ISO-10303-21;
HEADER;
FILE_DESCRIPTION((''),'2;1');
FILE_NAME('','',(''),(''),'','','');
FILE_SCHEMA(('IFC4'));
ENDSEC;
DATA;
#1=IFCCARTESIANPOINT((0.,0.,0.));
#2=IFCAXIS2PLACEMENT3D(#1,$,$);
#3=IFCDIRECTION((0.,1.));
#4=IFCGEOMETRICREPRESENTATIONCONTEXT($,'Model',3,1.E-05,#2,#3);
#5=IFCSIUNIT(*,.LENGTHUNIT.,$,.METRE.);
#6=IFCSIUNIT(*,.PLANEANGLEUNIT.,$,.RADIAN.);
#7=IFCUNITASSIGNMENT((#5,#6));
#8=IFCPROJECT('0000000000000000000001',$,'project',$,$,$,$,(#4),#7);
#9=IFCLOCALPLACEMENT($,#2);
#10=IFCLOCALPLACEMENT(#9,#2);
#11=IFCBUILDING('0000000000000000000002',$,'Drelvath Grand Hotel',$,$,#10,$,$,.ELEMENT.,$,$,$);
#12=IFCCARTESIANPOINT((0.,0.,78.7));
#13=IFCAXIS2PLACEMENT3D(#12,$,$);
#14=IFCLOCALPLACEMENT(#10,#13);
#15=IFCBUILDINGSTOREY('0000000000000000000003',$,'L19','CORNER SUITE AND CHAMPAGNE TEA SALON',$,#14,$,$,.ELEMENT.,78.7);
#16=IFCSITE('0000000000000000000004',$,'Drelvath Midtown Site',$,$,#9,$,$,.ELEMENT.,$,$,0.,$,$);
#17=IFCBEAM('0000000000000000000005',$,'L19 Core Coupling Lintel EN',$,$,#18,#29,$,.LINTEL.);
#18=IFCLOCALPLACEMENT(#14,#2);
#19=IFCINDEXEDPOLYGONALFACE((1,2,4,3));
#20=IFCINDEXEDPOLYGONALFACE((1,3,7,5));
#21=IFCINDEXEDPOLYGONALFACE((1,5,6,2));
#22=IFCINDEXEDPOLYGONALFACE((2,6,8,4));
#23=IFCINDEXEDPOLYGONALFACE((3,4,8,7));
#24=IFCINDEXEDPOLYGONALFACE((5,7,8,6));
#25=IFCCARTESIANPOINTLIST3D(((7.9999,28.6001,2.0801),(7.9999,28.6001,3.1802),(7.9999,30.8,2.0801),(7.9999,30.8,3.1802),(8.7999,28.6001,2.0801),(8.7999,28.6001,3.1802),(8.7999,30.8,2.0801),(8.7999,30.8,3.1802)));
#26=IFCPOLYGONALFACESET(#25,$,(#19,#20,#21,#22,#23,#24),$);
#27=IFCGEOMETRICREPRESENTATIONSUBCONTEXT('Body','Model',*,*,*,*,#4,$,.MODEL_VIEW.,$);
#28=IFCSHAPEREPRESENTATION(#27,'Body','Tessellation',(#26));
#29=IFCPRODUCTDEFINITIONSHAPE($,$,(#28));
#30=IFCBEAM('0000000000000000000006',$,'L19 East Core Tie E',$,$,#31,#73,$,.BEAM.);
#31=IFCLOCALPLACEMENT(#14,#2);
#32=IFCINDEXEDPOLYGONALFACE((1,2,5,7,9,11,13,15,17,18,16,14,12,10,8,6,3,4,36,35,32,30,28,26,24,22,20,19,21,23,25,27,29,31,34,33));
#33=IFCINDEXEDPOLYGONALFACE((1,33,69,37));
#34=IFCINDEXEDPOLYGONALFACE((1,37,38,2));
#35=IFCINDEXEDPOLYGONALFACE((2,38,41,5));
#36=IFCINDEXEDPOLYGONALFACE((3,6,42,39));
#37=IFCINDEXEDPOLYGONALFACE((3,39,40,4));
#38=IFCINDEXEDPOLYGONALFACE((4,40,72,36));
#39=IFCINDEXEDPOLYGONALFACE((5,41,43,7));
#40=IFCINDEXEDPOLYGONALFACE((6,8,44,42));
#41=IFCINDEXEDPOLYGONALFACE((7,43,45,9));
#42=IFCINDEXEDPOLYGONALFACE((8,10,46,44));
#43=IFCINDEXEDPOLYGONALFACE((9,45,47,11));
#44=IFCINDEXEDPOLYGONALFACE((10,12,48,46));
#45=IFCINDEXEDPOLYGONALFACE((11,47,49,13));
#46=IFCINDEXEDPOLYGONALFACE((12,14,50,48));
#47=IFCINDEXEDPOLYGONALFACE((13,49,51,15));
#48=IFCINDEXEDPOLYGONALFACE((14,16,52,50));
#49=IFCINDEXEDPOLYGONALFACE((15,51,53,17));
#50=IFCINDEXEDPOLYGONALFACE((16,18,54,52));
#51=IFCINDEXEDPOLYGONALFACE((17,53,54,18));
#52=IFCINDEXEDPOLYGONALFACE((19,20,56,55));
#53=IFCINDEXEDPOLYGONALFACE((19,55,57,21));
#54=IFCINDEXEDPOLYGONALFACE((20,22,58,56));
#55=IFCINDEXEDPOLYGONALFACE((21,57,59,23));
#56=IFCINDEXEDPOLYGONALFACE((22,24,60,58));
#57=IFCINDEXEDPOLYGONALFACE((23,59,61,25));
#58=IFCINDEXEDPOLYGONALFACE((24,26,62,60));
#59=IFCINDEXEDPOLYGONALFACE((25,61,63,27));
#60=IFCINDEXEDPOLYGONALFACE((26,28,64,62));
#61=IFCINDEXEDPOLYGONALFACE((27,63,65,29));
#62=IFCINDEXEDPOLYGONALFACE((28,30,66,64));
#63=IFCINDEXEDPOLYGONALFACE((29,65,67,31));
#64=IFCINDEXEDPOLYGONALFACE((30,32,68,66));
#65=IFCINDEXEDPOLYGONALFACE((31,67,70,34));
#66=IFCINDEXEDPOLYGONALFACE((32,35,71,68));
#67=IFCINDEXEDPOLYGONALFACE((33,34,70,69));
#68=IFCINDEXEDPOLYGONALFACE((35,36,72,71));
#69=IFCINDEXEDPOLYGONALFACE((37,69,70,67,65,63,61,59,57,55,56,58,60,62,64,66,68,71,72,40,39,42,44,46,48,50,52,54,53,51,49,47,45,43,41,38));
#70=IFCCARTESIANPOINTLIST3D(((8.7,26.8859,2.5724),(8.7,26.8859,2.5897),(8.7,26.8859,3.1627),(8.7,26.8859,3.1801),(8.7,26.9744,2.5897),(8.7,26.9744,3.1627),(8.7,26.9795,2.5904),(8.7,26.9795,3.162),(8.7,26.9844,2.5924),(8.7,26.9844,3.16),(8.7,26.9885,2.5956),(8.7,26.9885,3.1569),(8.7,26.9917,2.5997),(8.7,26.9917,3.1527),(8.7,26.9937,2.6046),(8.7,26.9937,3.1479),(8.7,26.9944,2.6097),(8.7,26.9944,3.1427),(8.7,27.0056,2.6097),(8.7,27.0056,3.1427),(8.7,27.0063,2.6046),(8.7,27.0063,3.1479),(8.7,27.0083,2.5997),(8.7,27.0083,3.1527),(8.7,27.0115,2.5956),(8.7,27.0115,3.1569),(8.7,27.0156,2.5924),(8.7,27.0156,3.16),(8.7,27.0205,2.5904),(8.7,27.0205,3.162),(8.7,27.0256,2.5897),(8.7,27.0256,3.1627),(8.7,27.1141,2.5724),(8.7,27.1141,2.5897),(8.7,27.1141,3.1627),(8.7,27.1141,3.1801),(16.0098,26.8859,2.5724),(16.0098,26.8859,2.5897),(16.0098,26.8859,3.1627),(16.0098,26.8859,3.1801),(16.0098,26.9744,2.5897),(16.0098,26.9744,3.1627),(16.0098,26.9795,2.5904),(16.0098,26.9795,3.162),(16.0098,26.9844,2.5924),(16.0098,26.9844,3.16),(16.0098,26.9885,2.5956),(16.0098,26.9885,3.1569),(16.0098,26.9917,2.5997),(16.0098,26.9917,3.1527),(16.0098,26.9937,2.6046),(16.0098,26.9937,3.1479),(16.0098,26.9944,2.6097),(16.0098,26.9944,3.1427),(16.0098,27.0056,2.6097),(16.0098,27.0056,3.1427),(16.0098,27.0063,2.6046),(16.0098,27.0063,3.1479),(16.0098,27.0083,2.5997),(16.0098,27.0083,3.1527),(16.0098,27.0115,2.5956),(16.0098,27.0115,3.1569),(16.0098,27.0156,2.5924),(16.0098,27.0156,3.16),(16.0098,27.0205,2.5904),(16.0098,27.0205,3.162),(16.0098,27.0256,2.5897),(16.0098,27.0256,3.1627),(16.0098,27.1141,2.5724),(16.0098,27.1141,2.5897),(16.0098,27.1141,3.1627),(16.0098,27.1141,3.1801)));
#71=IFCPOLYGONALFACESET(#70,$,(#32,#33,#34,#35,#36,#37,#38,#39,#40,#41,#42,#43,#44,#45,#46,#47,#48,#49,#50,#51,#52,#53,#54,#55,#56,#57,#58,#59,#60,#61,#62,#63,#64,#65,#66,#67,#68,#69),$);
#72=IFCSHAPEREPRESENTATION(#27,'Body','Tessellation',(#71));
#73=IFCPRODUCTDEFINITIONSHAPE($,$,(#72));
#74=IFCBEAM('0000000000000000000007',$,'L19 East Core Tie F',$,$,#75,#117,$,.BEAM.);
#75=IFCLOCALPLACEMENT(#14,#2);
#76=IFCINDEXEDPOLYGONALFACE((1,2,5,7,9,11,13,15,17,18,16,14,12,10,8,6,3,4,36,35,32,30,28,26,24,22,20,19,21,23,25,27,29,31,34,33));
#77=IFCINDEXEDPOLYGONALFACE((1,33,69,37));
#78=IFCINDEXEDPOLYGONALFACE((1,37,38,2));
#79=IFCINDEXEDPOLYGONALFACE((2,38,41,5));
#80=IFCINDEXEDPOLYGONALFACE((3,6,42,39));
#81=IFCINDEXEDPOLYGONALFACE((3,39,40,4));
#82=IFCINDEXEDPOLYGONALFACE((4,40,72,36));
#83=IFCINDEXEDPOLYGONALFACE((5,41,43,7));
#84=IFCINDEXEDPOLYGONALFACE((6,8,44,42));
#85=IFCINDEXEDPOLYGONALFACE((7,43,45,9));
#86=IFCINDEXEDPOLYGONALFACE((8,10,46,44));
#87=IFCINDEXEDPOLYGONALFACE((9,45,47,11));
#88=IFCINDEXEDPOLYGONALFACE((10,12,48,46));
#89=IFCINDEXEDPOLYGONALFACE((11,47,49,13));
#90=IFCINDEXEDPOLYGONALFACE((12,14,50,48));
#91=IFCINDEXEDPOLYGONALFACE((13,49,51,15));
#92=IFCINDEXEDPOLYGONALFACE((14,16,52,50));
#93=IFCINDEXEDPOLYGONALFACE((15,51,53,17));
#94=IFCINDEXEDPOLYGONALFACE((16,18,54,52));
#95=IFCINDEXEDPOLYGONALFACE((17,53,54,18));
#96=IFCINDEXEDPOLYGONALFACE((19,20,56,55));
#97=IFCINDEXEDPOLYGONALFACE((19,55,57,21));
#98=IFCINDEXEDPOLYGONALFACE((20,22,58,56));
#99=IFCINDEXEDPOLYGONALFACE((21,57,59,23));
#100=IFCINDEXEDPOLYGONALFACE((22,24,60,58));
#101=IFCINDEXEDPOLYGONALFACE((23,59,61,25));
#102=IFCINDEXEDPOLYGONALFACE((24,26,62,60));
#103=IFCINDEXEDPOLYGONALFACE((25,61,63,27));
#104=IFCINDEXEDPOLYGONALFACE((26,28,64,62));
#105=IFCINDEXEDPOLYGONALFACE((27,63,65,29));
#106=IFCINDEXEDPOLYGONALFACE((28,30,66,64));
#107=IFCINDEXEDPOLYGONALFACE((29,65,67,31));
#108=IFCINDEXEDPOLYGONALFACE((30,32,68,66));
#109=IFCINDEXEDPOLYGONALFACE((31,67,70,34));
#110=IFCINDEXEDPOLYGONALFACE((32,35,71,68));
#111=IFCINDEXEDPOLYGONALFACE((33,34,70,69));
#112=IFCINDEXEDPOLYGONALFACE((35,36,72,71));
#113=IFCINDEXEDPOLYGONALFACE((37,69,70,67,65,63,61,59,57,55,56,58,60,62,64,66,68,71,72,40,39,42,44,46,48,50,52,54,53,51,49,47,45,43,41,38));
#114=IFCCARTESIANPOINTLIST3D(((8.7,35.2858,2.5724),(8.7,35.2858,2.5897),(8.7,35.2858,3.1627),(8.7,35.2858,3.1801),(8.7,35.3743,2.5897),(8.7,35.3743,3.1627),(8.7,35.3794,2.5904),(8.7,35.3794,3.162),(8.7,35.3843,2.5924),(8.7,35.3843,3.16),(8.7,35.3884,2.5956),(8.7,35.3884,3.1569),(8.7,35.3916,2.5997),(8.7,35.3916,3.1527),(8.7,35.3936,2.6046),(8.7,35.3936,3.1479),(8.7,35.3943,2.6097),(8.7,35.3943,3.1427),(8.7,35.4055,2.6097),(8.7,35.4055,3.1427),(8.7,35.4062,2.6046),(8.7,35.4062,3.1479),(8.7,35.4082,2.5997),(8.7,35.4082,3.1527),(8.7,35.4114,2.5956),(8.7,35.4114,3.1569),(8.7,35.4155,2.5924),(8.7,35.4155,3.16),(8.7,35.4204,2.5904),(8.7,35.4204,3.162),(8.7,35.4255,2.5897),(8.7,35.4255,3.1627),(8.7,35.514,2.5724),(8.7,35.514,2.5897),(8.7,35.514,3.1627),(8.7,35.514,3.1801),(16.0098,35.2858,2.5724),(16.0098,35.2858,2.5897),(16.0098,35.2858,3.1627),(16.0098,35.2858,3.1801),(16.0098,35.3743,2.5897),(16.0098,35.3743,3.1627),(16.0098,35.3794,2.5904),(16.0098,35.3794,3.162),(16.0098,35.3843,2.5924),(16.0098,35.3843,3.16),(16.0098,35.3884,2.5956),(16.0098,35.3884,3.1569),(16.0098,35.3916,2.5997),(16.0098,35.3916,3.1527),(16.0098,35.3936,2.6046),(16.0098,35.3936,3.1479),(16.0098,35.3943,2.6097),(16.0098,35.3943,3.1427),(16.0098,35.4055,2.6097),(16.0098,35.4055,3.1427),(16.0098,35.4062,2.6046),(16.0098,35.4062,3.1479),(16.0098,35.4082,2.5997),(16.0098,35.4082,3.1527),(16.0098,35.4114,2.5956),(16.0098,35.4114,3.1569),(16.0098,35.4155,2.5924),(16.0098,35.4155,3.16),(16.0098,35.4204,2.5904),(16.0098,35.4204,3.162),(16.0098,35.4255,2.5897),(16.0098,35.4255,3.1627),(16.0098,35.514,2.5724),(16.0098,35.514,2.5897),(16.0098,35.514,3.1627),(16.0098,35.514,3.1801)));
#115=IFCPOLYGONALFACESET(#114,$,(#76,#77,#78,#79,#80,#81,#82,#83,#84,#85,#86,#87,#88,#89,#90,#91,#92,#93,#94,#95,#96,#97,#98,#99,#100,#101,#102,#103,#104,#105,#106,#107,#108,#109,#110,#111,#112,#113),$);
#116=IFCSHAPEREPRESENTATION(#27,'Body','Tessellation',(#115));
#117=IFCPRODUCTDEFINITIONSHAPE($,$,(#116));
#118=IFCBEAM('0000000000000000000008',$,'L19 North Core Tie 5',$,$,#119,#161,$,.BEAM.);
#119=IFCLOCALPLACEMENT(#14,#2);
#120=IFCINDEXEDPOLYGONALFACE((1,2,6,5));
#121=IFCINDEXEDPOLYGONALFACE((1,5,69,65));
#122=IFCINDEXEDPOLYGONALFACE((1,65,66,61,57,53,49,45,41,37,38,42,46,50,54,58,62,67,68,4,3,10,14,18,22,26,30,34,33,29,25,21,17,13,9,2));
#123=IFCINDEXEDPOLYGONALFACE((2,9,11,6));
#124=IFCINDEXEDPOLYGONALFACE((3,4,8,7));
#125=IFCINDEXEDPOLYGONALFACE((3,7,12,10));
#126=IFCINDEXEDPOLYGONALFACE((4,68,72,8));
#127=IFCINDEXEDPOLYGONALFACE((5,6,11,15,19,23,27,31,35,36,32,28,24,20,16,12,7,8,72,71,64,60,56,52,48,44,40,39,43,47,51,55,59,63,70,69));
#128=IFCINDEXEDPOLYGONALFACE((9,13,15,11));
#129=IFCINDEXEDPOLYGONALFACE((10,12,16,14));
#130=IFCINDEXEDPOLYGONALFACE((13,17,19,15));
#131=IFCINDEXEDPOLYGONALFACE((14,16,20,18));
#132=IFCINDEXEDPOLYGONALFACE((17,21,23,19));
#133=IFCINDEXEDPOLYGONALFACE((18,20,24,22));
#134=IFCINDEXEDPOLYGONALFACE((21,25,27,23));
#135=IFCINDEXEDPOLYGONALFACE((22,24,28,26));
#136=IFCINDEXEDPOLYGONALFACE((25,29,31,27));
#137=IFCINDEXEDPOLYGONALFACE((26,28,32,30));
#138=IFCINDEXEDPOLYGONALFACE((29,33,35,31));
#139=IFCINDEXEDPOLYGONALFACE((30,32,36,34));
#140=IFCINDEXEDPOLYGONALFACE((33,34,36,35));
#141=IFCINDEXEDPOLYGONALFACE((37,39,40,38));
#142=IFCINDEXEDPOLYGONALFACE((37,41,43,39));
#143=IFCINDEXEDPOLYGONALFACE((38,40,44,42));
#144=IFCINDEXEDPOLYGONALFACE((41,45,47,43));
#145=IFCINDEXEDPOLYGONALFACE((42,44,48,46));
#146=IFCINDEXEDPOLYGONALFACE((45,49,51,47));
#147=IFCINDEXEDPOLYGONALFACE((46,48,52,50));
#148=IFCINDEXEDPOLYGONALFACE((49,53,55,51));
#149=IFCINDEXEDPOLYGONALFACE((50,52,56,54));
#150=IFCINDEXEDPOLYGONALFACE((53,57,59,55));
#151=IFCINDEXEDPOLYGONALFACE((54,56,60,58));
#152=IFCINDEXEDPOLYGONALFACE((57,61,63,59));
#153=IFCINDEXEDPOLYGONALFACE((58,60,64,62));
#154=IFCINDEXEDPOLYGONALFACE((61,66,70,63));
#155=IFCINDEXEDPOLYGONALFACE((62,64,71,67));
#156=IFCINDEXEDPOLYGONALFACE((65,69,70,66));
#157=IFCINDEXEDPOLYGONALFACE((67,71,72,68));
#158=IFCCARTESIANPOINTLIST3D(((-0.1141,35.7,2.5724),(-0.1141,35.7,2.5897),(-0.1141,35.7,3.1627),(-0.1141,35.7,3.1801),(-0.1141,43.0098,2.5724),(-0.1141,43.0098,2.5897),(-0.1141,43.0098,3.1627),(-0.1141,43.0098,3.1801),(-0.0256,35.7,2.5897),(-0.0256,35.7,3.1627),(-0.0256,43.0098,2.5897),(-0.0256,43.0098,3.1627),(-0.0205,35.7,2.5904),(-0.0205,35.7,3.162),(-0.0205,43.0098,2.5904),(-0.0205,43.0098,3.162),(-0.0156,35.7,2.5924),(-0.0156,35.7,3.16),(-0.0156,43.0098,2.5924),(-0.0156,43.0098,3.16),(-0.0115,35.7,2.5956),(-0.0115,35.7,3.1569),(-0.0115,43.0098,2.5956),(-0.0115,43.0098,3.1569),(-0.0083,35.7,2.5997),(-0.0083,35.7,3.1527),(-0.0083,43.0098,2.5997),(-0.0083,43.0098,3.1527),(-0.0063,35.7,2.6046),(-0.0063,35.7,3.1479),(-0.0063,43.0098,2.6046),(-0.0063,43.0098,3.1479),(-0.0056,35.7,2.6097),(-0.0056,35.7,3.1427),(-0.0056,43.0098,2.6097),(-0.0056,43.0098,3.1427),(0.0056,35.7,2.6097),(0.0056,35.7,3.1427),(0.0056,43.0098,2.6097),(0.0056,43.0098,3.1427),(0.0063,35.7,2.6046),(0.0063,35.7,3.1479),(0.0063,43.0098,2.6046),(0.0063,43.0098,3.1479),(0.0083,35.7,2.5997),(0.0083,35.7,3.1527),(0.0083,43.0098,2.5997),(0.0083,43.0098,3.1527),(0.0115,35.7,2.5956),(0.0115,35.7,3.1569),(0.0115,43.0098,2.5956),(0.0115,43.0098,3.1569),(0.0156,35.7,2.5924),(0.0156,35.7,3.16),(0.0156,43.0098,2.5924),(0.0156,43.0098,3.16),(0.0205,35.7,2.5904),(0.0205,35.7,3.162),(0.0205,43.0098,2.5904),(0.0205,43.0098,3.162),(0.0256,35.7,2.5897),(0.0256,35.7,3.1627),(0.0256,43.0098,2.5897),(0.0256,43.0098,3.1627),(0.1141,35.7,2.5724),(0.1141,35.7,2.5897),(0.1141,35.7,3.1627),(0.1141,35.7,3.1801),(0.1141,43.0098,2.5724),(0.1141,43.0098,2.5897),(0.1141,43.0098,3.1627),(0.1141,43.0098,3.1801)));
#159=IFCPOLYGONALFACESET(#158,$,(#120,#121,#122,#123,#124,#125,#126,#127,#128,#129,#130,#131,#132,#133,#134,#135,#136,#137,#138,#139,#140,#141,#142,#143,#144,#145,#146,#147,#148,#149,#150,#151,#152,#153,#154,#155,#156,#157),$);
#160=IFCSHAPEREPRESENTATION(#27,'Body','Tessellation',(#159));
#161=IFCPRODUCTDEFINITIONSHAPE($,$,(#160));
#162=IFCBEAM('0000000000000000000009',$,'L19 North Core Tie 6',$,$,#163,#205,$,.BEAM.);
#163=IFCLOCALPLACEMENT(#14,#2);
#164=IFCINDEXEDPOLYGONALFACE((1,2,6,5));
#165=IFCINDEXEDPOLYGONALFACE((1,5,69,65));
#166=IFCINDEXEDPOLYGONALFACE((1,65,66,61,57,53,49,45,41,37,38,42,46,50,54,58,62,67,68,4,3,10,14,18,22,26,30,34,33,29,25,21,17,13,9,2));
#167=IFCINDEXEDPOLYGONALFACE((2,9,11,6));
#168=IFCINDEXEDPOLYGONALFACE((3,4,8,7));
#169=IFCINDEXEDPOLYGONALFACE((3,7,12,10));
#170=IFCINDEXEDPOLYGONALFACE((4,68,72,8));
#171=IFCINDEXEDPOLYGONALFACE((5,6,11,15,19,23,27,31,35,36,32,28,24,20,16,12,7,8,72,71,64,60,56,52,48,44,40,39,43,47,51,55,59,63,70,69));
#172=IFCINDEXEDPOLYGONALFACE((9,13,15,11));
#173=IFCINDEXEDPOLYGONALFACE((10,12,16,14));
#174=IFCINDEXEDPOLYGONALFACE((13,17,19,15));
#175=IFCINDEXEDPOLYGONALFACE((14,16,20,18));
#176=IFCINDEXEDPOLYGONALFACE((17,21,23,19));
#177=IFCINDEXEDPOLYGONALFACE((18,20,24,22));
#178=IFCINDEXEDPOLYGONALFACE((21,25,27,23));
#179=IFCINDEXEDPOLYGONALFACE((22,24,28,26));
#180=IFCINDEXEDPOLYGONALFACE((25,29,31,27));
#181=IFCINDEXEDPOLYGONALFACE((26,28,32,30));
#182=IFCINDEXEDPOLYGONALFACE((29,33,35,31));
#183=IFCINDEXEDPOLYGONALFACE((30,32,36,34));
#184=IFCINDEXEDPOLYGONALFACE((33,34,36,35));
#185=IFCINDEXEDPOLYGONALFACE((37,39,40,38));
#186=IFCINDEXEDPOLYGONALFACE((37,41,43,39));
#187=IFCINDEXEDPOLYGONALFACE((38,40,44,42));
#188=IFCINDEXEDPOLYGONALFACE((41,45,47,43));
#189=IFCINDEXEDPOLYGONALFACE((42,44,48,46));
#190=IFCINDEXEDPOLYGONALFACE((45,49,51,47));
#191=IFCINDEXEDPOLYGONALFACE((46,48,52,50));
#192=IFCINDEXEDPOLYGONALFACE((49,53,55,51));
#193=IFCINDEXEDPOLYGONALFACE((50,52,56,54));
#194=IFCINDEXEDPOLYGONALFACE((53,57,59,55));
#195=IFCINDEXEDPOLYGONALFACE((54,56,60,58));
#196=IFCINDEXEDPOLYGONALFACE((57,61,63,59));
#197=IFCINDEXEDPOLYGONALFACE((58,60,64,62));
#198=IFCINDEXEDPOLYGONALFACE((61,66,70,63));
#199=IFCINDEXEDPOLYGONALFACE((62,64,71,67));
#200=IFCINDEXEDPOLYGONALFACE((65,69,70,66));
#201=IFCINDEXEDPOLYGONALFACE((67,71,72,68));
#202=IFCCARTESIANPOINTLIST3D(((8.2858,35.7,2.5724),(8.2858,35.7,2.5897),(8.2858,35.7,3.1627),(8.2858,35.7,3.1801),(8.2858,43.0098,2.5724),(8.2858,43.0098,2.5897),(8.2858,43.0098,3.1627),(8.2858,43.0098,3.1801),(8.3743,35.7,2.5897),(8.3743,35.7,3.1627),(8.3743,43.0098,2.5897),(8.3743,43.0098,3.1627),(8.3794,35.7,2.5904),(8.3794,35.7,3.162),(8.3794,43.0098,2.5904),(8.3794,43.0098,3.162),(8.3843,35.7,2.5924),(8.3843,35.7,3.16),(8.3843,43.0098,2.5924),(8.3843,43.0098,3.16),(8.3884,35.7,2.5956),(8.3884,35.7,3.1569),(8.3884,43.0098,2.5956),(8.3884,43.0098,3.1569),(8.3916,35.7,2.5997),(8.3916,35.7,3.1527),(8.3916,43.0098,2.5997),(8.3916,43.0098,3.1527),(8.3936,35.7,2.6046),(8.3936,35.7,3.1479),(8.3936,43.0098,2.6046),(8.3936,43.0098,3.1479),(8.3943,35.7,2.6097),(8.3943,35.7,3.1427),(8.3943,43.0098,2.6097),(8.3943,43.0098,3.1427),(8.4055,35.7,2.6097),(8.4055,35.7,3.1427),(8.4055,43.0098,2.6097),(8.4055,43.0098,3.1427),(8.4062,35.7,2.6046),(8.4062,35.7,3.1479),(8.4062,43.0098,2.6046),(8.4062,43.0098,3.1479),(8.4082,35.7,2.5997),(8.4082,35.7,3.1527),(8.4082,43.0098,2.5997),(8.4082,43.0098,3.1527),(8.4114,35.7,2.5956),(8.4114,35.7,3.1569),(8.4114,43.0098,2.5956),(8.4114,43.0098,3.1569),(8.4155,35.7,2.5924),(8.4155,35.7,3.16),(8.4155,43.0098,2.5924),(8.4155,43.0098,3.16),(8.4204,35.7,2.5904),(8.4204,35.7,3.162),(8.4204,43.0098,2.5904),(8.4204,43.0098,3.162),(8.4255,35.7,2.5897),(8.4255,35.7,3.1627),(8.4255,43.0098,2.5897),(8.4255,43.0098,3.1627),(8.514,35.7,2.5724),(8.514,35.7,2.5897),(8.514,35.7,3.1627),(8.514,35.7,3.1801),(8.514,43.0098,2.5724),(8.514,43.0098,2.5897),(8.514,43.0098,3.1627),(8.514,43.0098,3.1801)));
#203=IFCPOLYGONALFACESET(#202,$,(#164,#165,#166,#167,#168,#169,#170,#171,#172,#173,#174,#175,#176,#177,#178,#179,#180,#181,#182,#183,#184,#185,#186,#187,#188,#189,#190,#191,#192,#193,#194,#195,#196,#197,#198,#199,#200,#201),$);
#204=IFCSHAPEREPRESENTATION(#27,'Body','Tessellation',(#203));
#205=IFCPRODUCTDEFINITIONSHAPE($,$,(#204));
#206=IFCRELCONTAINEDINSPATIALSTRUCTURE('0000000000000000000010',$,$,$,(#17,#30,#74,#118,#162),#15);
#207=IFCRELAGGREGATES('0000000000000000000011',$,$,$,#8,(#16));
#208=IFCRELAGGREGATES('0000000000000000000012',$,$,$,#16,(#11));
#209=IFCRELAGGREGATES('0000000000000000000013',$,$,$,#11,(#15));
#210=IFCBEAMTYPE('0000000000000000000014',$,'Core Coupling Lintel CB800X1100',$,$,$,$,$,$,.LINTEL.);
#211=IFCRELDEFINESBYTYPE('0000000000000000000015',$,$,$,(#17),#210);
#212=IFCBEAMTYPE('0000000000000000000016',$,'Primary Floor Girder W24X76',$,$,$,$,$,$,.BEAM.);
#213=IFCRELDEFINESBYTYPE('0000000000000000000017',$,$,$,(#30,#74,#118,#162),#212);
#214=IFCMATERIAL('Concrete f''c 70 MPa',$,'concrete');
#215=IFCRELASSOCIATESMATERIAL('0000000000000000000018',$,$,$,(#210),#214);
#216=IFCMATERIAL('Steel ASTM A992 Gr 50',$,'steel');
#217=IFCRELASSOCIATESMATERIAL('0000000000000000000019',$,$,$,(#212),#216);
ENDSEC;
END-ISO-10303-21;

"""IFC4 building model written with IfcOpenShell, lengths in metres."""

from ifc_helpers import new_model, si_unit, direction, frame, origin, origin_2d, place, context, subcontext, project, spatial, rectangle, i_section, extrude, material, material_profile, profile_set, type_object, element, save


model = new_model("IFC4")

# Units and contexts
model_context = context("Model", 3, precision=1e-05, world=origin(), true_north=direction((0.0, 1.0)))
body_context = subcontext(model_context, "Body", "Model", "MODEL_VIEW")
ifc_project = project(units=[si_unit("LENGTHUNIT", "METRE"), si_unit("PLANEANGLEUNIT", "RADIAN")], contexts=[model_context])

# Site, building, storey
site_placement = place(None, origin())
site = spatial("IfcSite", under=ifc_project, at=site_placement, Name="Drelvath Midtown Site", CompositionType="ELEMENT", RefElevation=0.0)
building_placement = place(site_placement, origin())
building = spatial("IfcBuilding", under=site, at=building_placement, Name="Drelvath Grand Hotel", CompositionType="ELEMENT")
storey_placement = place(building_placement, frame((0.0, 0.0, 78.7)))
storey = spatial("IfcBuildingStorey", under=building, at=storey_placement, Name="L19", Description="CORNER SUITE AND CHAMPAGNE TEA SALON", CompositionType="ELEMENT", Elevation=78.7)

# Beams
ifc_material_1 = material(Name="Concrete f'c 70 MPa", Category="concrete")
ifc_material_profile_1 = material_profile(ifc_material_1, rectangle(XDim=0.8, YDim=1.1001, at=origin_2d()), Name="CB800X1100")
ifc_profile_set_1 = profile_set([ifc_material_profile_1], Name="Concrete f'c 70 MPa")
beam_type_1 = type_object("IfcBeamType", Name="Core Coupling Lintel CB800X1100", PredefinedType="LINTEL", material=ifc_profile_set_1)
beam_placement = place(storey_placement, frame((8.3999, 28.6001, 2.6301), z_axis=(0.0, 1.0, 0.0), x_axis=(-1.0, 0.0, 0.0)))
element("IfcBeam", 1, at=beam_placement, inside=storey, type_object=beam_type_1, Name="L19 Core Coupling Lintel EN", PredefinedType="LINTEL", context=body_context, shape_type="SweptSolid", body=[
    extrude(rectangle(XDim=0.8, YDim=1.1001, at=origin_2d()), origin(), (0.0, 0.0, 1.0), 2.2),
])
ifc_material_2 = material(Name="Steel ASTM A992 Gr 50", Category="steel")
ifc_material_profile_2 = material_profile(ifc_material_2, i_section(OverallWidth=0.2283, OverallDepth=0.6077, WebThickness=0.0112, FlangeThickness=0.0173, FilletRadius=0.02, at=origin_2d()), Name="W24X76")
ifc_profile_set_2 = profile_set([ifc_material_profile_2], Name="Steel ASTM A992 Gr 50")
beam_type_2 = type_object("IfcBeamType", Name="Primary Floor Girder W24X76", PredefinedType="BEAM", material=ifc_profile_set_2)
for number, where, z_axis, x_axis, name in (
    (2, (8.7, 27.0, 2.8762), (1.0, 0.0, 0.0), (0.0, 1.0, 0.0), "L19 East Core Tie E"),
    (3, (8.7, 35.3999, 2.8762), (1.0, 0.0, 0.0), (0.0, 1.0, 0.0), "L19 East Core Tie F"),
    (4, (0.0, 35.7, 2.8762), (0.0, 1.0, 0.0), (-1.0, 0.0, 0.0), "L19 North Core Tie 5"),
    (5, (8.3999, 35.7, 2.8762), (0.0, 1.0, 0.0), (-1.0, 0.0, 0.0), "L19 North Core Tie 6"),
):
    element("IfcBeam", number, at=place(storey_placement, frame(where, z_axis=z_axis, x_axis=x_axis)), inside=storey, type_object=beam_type_2, Name=name, PredefinedType="BEAM", context=body_context, shape_type="SweptSolid", body=[
        extrude(i_section(OverallWidth=0.2283, OverallDepth=0.6077, WebThickness=0.0112, FlangeThickness=0.0173, FilletRadius=0.02, at=origin_2d()), origin(), (0.0, 0.0, 1.0), 7.3098),
    ])

save(model, "model.ifc")
